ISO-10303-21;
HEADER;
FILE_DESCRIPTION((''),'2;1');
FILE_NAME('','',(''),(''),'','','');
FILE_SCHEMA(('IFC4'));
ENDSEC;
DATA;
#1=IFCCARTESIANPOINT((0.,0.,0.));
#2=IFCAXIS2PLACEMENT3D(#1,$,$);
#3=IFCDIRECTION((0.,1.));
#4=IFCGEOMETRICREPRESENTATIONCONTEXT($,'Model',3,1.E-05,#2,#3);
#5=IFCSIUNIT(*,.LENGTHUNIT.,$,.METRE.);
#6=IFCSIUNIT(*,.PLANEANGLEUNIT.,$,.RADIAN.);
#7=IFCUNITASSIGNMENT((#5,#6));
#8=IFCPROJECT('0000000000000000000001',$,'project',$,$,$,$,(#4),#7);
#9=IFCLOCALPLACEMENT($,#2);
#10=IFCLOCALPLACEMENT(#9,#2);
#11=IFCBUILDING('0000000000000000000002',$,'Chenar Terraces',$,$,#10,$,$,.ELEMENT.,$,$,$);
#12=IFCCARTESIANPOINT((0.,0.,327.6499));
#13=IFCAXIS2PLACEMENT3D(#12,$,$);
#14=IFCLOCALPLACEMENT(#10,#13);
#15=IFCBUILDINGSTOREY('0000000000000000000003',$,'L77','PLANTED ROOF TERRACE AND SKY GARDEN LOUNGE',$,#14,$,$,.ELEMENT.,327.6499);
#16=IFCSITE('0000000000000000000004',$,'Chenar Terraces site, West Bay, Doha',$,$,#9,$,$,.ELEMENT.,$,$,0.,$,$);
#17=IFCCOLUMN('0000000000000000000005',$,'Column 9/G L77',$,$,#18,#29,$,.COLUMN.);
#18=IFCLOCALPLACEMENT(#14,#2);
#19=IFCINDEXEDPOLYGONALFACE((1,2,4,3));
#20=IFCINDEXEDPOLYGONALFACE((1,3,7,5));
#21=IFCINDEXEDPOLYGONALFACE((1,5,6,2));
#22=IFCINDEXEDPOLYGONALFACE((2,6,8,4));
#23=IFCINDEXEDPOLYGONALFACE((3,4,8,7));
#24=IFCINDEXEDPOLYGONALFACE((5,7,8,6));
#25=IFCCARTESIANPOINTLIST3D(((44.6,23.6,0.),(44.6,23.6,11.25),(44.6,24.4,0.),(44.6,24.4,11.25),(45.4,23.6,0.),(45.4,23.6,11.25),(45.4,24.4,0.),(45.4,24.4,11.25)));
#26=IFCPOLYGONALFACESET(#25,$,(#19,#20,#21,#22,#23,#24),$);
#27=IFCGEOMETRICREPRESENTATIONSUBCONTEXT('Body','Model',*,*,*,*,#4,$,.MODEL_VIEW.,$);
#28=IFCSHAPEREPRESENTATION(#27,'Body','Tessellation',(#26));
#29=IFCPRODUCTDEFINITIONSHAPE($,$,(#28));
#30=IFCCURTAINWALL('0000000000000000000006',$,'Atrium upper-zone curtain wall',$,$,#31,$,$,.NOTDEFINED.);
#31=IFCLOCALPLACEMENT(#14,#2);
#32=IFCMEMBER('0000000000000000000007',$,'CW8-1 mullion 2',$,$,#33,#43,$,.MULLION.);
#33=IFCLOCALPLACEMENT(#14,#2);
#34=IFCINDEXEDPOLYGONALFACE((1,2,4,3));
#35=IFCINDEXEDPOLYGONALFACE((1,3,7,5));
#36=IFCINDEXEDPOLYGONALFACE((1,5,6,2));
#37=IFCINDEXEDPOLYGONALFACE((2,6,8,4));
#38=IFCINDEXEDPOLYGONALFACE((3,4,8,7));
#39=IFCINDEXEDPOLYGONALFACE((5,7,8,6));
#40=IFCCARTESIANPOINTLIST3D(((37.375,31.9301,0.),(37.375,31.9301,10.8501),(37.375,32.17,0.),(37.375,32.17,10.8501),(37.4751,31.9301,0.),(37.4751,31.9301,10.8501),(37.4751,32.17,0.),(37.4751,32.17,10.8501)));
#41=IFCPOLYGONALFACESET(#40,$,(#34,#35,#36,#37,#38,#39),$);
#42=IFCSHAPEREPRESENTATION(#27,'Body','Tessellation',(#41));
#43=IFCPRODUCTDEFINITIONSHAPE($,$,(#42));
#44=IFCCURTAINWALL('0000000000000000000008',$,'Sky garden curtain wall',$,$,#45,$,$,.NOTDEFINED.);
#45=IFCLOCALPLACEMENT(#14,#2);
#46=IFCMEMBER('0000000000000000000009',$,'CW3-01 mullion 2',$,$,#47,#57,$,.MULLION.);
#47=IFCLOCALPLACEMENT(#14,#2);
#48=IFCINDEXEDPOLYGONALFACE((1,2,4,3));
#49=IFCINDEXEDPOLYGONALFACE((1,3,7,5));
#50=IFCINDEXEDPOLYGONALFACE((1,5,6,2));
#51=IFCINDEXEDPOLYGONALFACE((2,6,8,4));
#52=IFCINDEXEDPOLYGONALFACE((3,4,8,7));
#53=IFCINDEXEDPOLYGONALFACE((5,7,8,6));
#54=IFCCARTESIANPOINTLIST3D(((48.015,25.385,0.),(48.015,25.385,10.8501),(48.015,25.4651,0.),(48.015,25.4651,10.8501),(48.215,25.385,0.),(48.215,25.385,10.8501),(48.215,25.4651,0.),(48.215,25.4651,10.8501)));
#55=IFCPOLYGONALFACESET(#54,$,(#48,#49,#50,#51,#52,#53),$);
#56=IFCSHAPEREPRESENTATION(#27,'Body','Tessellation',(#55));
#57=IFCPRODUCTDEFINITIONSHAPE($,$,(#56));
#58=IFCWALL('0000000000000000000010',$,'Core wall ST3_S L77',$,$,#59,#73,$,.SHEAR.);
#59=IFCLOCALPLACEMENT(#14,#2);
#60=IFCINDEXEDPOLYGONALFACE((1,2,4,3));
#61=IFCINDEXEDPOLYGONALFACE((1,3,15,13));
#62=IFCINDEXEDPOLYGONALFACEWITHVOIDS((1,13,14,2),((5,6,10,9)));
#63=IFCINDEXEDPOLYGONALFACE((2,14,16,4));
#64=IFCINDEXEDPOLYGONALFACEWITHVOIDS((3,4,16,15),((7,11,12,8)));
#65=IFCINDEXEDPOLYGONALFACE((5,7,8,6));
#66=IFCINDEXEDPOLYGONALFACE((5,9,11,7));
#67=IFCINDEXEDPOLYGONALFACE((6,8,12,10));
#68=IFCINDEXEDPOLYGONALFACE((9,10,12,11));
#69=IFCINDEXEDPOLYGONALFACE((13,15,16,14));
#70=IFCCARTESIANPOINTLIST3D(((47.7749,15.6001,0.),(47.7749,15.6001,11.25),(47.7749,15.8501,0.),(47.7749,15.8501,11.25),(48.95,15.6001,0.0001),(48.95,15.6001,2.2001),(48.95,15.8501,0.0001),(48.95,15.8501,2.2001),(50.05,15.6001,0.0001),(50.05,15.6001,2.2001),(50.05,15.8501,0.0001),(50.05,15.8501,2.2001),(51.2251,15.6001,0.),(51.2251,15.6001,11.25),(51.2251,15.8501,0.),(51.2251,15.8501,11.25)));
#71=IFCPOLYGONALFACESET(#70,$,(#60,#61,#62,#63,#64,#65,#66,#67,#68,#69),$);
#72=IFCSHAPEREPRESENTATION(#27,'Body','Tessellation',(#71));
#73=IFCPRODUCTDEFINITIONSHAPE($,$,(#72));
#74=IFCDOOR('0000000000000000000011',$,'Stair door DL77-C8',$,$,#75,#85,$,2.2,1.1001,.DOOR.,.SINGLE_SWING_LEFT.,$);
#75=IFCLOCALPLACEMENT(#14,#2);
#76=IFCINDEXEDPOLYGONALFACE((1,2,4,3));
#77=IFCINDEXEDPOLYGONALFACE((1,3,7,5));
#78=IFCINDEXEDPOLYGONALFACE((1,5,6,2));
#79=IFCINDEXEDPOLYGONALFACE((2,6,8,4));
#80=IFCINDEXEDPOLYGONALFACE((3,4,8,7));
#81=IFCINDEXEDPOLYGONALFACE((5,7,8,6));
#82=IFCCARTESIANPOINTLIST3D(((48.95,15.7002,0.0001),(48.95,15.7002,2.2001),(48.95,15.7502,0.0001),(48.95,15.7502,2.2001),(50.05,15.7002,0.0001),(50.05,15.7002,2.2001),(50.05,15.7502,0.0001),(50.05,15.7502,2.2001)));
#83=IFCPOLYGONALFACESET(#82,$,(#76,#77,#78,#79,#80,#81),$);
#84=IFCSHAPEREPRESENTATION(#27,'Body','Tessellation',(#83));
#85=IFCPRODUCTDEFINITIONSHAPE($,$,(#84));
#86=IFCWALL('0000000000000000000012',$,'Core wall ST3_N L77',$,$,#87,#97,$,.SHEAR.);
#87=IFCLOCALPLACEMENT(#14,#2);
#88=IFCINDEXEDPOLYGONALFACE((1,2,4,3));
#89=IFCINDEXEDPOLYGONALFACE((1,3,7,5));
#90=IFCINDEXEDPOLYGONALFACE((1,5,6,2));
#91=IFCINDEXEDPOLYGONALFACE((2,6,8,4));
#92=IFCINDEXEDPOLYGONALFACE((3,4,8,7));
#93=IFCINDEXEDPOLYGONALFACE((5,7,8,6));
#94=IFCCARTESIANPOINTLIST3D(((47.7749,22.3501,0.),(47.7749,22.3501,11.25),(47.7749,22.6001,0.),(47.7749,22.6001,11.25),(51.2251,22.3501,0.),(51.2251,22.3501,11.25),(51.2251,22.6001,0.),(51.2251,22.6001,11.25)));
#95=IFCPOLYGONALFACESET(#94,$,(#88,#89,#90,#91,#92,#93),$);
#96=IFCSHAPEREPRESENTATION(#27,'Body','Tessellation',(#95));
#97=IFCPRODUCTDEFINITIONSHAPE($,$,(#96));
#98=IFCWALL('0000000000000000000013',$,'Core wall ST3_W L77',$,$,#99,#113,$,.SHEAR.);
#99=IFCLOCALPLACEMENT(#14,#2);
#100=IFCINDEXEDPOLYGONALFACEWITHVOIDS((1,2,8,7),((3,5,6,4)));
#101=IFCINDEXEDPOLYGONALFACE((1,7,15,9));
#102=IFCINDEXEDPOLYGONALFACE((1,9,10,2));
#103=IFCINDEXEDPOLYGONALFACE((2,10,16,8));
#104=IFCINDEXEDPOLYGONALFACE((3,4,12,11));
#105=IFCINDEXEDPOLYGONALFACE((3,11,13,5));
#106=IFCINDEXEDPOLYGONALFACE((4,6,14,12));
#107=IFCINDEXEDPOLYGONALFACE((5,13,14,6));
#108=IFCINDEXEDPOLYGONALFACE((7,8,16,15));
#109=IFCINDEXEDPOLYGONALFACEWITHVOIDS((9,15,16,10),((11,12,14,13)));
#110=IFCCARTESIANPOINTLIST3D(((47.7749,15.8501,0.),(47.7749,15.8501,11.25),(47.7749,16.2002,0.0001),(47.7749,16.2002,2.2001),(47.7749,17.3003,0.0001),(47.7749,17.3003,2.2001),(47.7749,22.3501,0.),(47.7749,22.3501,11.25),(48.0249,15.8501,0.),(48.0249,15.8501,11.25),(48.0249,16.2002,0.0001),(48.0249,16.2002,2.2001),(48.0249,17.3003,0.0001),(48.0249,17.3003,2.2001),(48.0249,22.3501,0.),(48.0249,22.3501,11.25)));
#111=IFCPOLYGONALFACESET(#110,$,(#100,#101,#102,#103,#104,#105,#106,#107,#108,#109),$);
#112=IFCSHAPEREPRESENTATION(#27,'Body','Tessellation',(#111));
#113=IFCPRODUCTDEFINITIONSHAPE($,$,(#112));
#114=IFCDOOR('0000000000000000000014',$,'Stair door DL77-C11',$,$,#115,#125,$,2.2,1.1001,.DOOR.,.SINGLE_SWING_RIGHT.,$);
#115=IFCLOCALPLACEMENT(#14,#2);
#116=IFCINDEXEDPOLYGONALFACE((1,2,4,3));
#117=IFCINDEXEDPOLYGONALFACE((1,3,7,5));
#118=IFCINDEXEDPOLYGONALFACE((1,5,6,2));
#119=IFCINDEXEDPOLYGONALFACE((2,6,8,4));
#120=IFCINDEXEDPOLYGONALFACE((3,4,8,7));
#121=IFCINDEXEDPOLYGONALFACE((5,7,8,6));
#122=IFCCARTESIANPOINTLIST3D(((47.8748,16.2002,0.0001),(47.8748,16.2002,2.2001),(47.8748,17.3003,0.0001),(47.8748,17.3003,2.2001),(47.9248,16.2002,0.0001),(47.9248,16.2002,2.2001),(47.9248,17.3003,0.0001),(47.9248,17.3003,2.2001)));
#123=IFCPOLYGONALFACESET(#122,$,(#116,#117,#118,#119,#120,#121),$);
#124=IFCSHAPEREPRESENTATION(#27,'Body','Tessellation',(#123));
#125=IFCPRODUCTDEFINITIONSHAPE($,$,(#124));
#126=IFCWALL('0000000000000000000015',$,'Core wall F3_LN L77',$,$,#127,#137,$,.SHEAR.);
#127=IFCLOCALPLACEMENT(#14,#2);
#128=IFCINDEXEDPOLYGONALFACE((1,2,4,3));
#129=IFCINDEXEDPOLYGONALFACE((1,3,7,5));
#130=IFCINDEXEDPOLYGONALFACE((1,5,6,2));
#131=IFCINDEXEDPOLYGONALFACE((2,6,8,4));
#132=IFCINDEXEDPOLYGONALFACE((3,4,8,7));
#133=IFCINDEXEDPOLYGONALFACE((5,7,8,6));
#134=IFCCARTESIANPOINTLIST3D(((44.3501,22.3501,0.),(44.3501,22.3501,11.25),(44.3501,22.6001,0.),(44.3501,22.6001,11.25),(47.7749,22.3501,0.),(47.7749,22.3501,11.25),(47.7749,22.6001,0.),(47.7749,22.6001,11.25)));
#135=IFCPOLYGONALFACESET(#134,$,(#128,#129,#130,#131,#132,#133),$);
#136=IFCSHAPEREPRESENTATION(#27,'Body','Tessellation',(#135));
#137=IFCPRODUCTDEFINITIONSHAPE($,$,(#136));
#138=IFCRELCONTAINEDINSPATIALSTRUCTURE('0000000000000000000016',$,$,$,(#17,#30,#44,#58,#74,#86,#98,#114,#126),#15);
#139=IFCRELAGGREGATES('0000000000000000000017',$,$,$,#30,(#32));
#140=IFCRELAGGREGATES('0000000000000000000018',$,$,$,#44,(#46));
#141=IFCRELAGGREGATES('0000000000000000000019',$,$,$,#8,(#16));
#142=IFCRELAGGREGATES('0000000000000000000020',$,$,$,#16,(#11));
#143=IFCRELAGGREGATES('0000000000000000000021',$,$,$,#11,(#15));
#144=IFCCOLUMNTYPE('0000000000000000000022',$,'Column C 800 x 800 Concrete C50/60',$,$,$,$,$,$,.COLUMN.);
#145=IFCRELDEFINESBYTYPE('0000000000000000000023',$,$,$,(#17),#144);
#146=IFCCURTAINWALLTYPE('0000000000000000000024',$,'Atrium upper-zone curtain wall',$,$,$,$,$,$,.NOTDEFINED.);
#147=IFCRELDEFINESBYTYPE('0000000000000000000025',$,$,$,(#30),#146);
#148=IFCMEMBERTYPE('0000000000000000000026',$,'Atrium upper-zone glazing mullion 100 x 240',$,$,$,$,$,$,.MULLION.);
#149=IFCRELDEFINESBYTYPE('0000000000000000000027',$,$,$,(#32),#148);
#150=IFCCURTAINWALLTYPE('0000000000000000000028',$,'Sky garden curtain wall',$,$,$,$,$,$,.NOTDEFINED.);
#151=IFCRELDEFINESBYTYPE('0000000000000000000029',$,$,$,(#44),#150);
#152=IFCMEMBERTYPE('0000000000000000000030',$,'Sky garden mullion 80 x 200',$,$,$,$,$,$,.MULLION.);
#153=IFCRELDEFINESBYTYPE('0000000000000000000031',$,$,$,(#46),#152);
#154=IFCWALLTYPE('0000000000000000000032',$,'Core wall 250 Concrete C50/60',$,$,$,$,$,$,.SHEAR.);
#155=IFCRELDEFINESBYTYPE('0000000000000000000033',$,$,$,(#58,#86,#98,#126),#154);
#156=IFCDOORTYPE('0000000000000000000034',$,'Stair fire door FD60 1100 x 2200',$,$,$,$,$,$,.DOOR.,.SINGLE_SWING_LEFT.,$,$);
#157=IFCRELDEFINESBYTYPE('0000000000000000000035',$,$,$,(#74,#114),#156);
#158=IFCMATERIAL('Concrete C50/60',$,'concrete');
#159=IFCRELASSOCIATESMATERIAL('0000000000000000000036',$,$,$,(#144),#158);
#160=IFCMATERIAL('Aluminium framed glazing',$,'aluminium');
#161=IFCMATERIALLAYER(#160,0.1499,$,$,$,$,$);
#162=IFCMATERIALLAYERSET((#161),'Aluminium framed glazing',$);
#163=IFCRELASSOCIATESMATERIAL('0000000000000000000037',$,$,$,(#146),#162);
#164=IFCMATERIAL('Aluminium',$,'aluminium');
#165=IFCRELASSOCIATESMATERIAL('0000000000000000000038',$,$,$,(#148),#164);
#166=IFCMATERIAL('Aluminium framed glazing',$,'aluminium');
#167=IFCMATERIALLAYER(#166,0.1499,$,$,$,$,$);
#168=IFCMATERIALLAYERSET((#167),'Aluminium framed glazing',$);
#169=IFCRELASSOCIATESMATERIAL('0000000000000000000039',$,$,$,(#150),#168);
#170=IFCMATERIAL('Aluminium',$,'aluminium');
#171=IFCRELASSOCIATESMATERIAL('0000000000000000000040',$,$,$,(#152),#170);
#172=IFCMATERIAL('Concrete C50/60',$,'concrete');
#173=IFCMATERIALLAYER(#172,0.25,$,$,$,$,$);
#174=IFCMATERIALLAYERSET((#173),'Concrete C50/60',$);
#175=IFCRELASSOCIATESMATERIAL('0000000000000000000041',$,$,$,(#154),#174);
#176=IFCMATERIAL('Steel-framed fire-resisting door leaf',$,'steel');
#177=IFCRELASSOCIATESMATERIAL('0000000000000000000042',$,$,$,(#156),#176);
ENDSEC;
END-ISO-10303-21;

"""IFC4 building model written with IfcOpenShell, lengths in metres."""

from ifc_helpers import new_model, si_unit, direction, frame, frame_2d, origin, origin_2d, place, context, subcontext, project, spatial, rectangle, extrude, material, layer, layer_set, material_profile, profile_set, type_object, element, fill, aggregate, save


model = new_model("IFC4")

# Units and contexts
model_context = context("Model", 3, precision=1e-05, world=origin(), true_north=direction((0.0, 1.0)))
body_context = subcontext(model_context, "Body", "Model", "MODEL_VIEW")
ifc_project = project(units=[si_unit("LENGTHUNIT", "METRE"), si_unit("PLANEANGLEUNIT", "RADIAN")], contexts=[model_context])

# Site, building, storey
site_placement = place(None, origin())
site = spatial("IfcSite", under=ifc_project, at=site_placement, Name="Chenar Terraces site, West Bay, Doha", CompositionType="ELEMENT", RefElevation=0.0)
building_placement = place(site_placement, origin())
building = spatial("IfcBuilding", under=site, at=building_placement, Name="Chenar Terraces", CompositionType="ELEMENT")
storey_placement = place(building_placement, frame((0.0, 0.0, 327.6499)))
storey = spatial("IfcBuildingStorey", under=building, at=storey_placement, Name="L77", Description="PLANTED ROOF TERRACE AND SKY GARDEN LOUNGE", CompositionType="ELEMENT", Elevation=327.6499)

# Column
ifc_material_1 = material(Name="Concrete C50/60", Category="concrete")
ifc_material_profile_1 = material_profile(ifc_material_1, rectangle(XDim=0.8, YDim=0.8, at=origin_2d()), Name="C 800 x 800")
ifc_profile_set_1 = profile_set([ifc_material_profile_1], Name="Concrete C50/60")
column_type = type_object("IfcColumnType", Name="Column C 800 x 800 Concrete C50/60", PredefinedType="COLUMN", material=ifc_profile_set_1)
column_placement = place(storey_placement, frame((45.0, 24.0, 0.0), z_axis=(0.0, 0.0, 1.0), x_axis=(1.0, 0.0, 0.0)))
element("IfcColumn", 1, at=column_placement, inside=storey, type_object=column_type, Name="Column 9/G L77", PredefinedType="COLUMN", context=body_context, shape_type="SweptSolid", body=[
    extrude(rectangle(XDim=0.8, YDim=0.8, at=origin_2d()), origin(), (0.0, 0.0, 1.0), 11.25),
])

# Curtain walls, members
ifc_material_2 = material(Name="Aluminium framed glazing", Category="aluminium")
ifc_layer_1 = layer(ifc_material_2, 0.1499)
ifc_layer_set_1 = layer_set([ifc_layer_1], Name="Aluminium framed glazing")
curtain_wall_type_1 = type_object("IfcCurtainWallType", Name="Atrium upper-zone curtain wall", PredefinedType="NOTDEFINED", material=ifc_layer_set_1)
placement = place(storey_placement, origin())
curtain_wall_1 = element("IfcCurtainWall", 2, at=placement, inside=storey, type_object=curtain_wall_type_1, Name="Atrium upper-zone curtain wall", PredefinedType="NOTDEFINED")
ifc_material_3 = material(Name="Aluminium", Category="aluminium")
ifc_material_profile_2 = material_profile(ifc_material_3, rectangle(XDim=0.1001, YDim=0.24, at=origin_2d()), Name="Atrium upper-zone glazing mullion 100 x 240")
ifc_profile_set_2 = profile_set([ifc_material_profile_2], Name="Aluminium")
member_type_1 = type_object("IfcMemberType", Name="Atrium upper-zone glazing mullion 100 x 240", PredefinedType="MULLION", material=ifc_profile_set_2)
member_1_placement = place(storey_placement, frame((37.425, 32.05, 0.0), z_axis=(0.0, 0.0, 1.0), x_axis=(-1.0, 0.0, 0.0)))
member_1 = element("IfcMember", 3, at=member_1_placement, type_object=member_type_1, Name="CW8-1 mullion 2", PredefinedType="MULLION", context=body_context, shape_type="SweptSolid", body=[
    extrude(rectangle(XDim=0.1001, YDim=0.24, at=origin_2d()), origin(), (0.0, 0.0, 1.0), 10.8501),
])
aggregate(curtain_wall_1, [member_1])
ifc_material_4 = material(Name="Aluminium framed glazing", Category="aluminium")
ifc_layer_2 = layer(ifc_material_4, 0.1499)
ifc_layer_set_2 = layer_set([ifc_layer_2], Name="Aluminium framed glazing")
curtain_wall_type_2 = type_object("IfcCurtainWallType", Name="Sky garden curtain wall", PredefinedType="NOTDEFINED", material=ifc_layer_set_2)
curtain_wall_2 = element("IfcCurtainWall", 4, at=placement, inside=storey, type_object=curtain_wall_type_2, Name="Sky garden curtain wall", PredefinedType="NOTDEFINED")
ifc_material_5 = material(Name="Aluminium", Category="aluminium")
ifc_material_profile_3 = material_profile(ifc_material_5, rectangle(XDim=0.0801, YDim=0.2, at=origin_2d()), Name="Sky garden mullion 80 x 200")
ifc_profile_set_3 = profile_set([ifc_material_profile_3], Name="Aluminium")
member_type_2 = type_object("IfcMemberType", Name="Sky garden mullion 80 x 200", PredefinedType="MULLION", material=ifc_profile_set_3)
member_2_placement = place(storey_placement, frame((48.115, 25.425, 0.0), z_axis=(0.0, 0.0, 1.0), x_axis=(0.0, -1.0, 0.0)))
member_2 = element("IfcMember", 5, at=member_2_placement, type_object=member_type_2, Name="CW3-01 mullion 2", PredefinedType="MULLION", context=body_context, shape_type="SweptSolid", body=[
    extrude(rectangle(XDim=0.0801, YDim=0.2, at=origin_2d()), origin(), (0.0, 0.0, 1.0), 10.8501),
])
aggregate(curtain_wall_2, [member_2])

# Wall, opening, door
ifc_material_6 = material(Name="Concrete C50/60", Category="concrete")
ifc_layer_3 = layer(ifc_material_6, 0.25)
ifc_layer_set_3 = layer_set([ifc_layer_3], Name="Concrete C50/60")
wall_type_1 = type_object("IfcWallType", Name="Core wall 250 Concrete C50/60", PredefinedType="SHEAR", material=ifc_layer_set_3)
wall_1_placement = place(storey_placement, frame((47.7749, 15.7251, 0.0), z_axis=(0.0, 0.0, 1.0), x_axis=(1.0, 0.0, 0.0)))
wall_1 = element("IfcWall", 6, at=wall_1_placement, inside=storey, type_object=wall_type_1, Name="Core wall ST3_S L77", PredefinedType="SHEAR", context=body_context, shape_type="SweptSolid", body=[
    extrude(rectangle(XDim=3.4502, YDim=0.25, at=frame_2d((1.7251, 0.0))), origin(), (0.0, 0.0, 1.0), 11.25),
])
opening_1_placement = place(wall_1_placement, frame((1.175, 0.0, 0.0)))
opening_1 = element("IfcOpeningElement", 7, at=opening_1_placement, cuts=wall_1, PredefinedType="OPENING", context=body_context, shape_type="SweptSolid", body=[
    extrude(rectangle(XDim=1.1001, YDim=2.2, at=frame_2d((0.55, 1.1001))), frame((0.0, 0.135, 0.0), z_axis=(0.0, -1.0, 0.0), x_axis=(1.0, 0.0, 0.0)), (0.0, 0.0, 1.0), 0.27),
])
ifc_material_7 = material(Name="Steel-framed fire-resisting door leaf", Category="steel")
door_type_1 = type_object("IfcDoorType", Name="Stair fire door FD60 1100 x 2200", OperationType="SINGLE_SWING_LEFT", PredefinedType="DOOR", material=ifc_material_7)
door_1_placement = place(opening_1_placement, frame((1.1001, 0.0, 0.0), z_axis=(0.0, 0.0, 1.0), x_axis=(-1.0, 0.0, 0.0)))
door_1 = element("IfcDoor", 8, at=door_1_placement, inside=storey, type_object=door_type_1, Name="Stair door DL77-C8", OperationType="SINGLE_SWING_LEFT", OverallHeight=2.2, OverallWidth=1.1001, PredefinedType="DOOR", context=body_context, shape_type="SweptSolid", body=[
    extrude(rectangle(XDim=1.1001, YDim=2.2, at=frame_2d((0.55, 1.1001))), frame((0.0, 0.0249, 0.0), z_axis=(0.0, -1.0, 0.0), x_axis=(1.0, 0.0, 0.0)), (0.0, 0.0, 1.0), 0.05),
])
fill(opening_1, door_1)

# Wall
wall_2_placement = place(storey_placement, frame((47.7749, 22.4751, 0.0), z_axis=(0.0, 0.0, 1.0), x_axis=(1.0, 0.0, 0.0)))
element("IfcWall", 9, at=wall_2_placement, inside=storey, type_object=wall_type_1, Name="Core wall ST3_N L77", PredefinedType="SHEAR", context=body_context, shape_type="SweptSolid", body=[
    extrude(rectangle(XDim=3.4502, YDim=0.25, at=frame_2d((1.7251, 0.0))), origin(), (0.0, 0.0, 1.0), 11.25),
])

# Wall, opening, door
wall_3_placement = place(storey_placement, frame((47.8999, 15.8501, 0.0), z_axis=(0.0, 0.0, 1.0), x_axis=(0.0, 1.0, 0.0)))
wall_3 = element("IfcWall", 10, at=wall_3_placement, inside=storey, type_object=wall_type_1, Name="Core wall ST3_W L77", PredefinedType="SHEAR", context=body_context, shape_type="SweptSolid", body=[
    extrude(rectangle(XDim=6.5, YDim=0.25, at=frame_2d((3.25, 0.0))), origin(), (0.0, 0.0, 1.0), 11.25),
])
opening_2_placement = place(wall_3_placement, frame((0.3501, 0.0, 0.0)))
opening_2 = element("IfcOpeningElement", 11, at=opening_2_placement, cuts=wall_3, PredefinedType="OPENING", context=body_context, shape_type="SweptSolid", body=[
    extrude(rectangle(XDim=1.1001, YDim=2.2, at=frame_2d((0.55, 1.1001))), frame((0.0, 0.135, 0.0), z_axis=(0.0, -1.0, 0.0), x_axis=(1.0, 0.0, 0.0)), (0.0, 0.0, 1.0), 0.27),
])
door_2_placement = place(opening_2_placement, frame((1.1001, 0.0, 0.0), z_axis=(0.0, 0.0, 1.0), x_axis=(-1.0, 0.0, 0.0)))
door_2 = element("IfcDoor", 12, at=door_2_placement, inside=storey, type_object=door_type_1, Name="Stair door DL77-C11", OperationType="SINGLE_SWING_RIGHT", OverallHeight=2.2, OverallWidth=1.1001, PredefinedType="DOOR", context=body_context, shape_type="SweptSolid", body=[
    extrude(rectangle(XDim=1.1001, YDim=2.2, at=frame_2d((0.55, 1.1001))), frame((0.0, 0.0249, 0.0), z_axis=(0.0, -1.0, 0.0), x_axis=(1.0, 0.0, 0.0)), (0.0, 0.0, 1.0), 0.05),
])
fill(opening_2, door_2)

# Wall
wall_4_placement = place(storey_placement, frame((44.3501, 22.4751, 0.0), z_axis=(0.0, 0.0, 1.0), x_axis=(1.0, 0.0, 0.0)))
element("IfcWall", 13, at=wall_4_placement, inside=storey, type_object=wall_type_1, Name="Core wall F3_LN L77", PredefinedType="SHEAR", context=body_context, shape_type="SweptSolid", body=[
    extrude(rectangle(XDim=3.4248, YDim=0.25, at=frame_2d((1.7124, 0.0))), origin(), (0.0, 0.0, 1.0), 11.25),
])

save(model, "model.ifc")
